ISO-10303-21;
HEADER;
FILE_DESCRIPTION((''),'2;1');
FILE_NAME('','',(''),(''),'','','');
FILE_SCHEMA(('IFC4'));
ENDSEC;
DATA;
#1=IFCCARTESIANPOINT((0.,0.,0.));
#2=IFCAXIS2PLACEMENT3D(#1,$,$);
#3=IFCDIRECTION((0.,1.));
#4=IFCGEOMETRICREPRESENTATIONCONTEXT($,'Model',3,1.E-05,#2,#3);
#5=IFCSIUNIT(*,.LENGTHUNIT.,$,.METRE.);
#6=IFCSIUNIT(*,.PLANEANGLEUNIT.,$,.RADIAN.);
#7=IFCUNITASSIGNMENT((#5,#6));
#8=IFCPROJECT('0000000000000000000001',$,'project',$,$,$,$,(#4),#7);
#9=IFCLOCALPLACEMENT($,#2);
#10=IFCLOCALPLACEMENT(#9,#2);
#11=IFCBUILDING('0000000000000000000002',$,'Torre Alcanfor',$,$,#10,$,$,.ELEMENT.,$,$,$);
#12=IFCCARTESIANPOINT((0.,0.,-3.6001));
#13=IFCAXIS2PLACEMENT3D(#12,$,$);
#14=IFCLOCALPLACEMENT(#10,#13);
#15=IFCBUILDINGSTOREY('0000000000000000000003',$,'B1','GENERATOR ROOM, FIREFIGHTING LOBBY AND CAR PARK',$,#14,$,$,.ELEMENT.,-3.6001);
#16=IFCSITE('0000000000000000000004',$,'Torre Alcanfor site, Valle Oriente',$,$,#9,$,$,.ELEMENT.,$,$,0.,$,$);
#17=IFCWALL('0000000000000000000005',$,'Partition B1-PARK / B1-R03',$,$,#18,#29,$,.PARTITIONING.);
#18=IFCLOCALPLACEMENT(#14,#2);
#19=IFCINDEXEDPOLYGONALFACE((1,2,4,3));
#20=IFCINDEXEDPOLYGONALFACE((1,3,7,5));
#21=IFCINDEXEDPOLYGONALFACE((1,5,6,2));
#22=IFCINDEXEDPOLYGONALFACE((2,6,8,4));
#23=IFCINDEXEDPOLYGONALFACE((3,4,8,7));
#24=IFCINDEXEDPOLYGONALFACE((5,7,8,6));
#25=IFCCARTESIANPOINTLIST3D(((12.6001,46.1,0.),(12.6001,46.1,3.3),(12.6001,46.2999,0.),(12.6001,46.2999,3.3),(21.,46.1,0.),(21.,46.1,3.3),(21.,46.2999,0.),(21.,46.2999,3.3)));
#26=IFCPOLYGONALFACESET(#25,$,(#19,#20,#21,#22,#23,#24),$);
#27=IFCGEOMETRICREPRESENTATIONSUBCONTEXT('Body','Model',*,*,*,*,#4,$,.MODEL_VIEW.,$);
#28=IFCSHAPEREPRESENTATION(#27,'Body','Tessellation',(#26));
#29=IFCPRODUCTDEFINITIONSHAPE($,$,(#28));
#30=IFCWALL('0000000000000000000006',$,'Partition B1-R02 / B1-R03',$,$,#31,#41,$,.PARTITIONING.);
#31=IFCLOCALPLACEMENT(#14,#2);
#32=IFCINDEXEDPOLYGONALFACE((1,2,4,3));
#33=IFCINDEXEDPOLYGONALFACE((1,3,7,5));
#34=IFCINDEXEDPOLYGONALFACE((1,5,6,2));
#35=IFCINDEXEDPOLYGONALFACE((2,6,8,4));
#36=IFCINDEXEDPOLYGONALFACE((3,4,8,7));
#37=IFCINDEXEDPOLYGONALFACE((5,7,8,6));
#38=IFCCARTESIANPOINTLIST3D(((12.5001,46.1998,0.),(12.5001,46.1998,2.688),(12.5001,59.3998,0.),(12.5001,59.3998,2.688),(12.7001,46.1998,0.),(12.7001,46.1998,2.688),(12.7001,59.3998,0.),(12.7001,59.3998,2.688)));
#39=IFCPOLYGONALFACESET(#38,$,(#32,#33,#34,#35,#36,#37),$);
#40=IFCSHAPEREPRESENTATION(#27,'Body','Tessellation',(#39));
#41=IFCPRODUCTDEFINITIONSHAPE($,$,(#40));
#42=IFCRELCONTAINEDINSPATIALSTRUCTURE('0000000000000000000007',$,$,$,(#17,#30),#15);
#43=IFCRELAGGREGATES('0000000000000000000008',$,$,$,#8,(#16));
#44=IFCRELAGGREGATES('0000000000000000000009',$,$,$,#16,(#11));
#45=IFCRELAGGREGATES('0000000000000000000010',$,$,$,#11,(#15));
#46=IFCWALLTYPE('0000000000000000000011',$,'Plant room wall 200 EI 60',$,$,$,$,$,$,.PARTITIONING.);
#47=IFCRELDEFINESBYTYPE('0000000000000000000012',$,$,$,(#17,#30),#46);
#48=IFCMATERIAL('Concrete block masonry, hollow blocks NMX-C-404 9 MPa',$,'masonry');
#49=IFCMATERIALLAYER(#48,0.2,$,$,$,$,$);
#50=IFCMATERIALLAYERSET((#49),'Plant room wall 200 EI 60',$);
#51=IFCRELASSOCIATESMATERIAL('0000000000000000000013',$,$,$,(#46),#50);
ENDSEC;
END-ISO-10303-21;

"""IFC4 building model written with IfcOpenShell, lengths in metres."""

from ifc_helpers import new_model, si_unit, direction, frame, frame_2d, origin, place, context, subcontext, project, spatial, rectangle, extrude, material, layer, layer_set, type_object, element, save


model = new_model("IFC4")

# Units and contexts
model_context = context("Model", 3, precision=1e-05, world=origin(), true_north=direction((0.0, 1.0)))
body_context = subcontext(model_context, "Body", "Model", "MODEL_VIEW")
ifc_project = project(units=[si_unit("LENGTHUNIT", "METRE"), si_unit("PLANEANGLEUNIT", "RADIAN")], contexts=[model_context])

# Site, building, storey
site_placement = place(None, origin())
site = spatial("IfcSite", under=ifc_project, at=site_placement, Name="Torre Alcanfor site, Valle Oriente", CompositionType="ELEMENT", RefElevation=0.0)
building_placement = place(site_placement, origin())
building = spatial("IfcBuilding", under=site, at=building_placement, Name="Torre Alcanfor", CompositionType="ELEMENT")
storey_placement = place(building_placement, frame((0.0, 0.0, -3.6001)))
storey = spatial("IfcBuildingStorey", under=building, at=storey_placement, Name="B1", Description="GENERATOR ROOM, FIREFIGHTING LOBBY AND CAR PARK", CompositionType="ELEMENT", Elevation=-3.6001)

# Wall
ifc_material_1 = material(Name="Concrete block masonry, hollow blocks NMX-C-404 9 MPa", Category="masonry")
ifc_layer = layer(ifc_material_1, 0.2)
ifc_layer_set = layer_set([ifc_layer], Name="Plant room wall 200 EI 60")
wall_type = type_object("IfcWallType", Name="Plant room wall 200 EI 60", PredefinedType="PARTITIONING", material=ifc_layer_set)
wall_1_placement = place(storey_placement, frame((12.6001, 46.2, 0.0), z_axis=(0.0, 0.0, 1.0), x_axis=(1.0, 0.0, 0.0)))
element("IfcWall", 1, at=wall_1_placement, inside=storey, type_object=wall_type, Name="Partition B1-PARK / B1-R03", PredefinedType="PARTITIONING", context=body_context, shape_type="SweptSolid", body=[
    extrude(rectangle(XDim=8.3999, YDim=0.2, at=frame_2d((4.2, 0.0))), origin(), (0.0, 0.0, 1.0), 3.3),
])

# Wall
wall_2_placement = place(storey_placement, frame((12.6001, 59.3999, 0.0), z_axis=(0.0, 0.0, 1.0), x_axis=(0.0, -1.0, 0.0)))
element("IfcWall", 2, at=wall_2_placement, inside=storey, type_object=wall_type, Name="Partition B1-R02 / B1-R03", PredefinedType="PARTITIONING", context=body_context, shape_type="SweptSolid", body=[
    extrude(rectangle(XDim=13.2, YDim=0.2, at=frame_2d((6.6001, 0.0))), origin(), (0.0, 0.0, 1.0), 2.688),
])

save(model, "model.ifc")
